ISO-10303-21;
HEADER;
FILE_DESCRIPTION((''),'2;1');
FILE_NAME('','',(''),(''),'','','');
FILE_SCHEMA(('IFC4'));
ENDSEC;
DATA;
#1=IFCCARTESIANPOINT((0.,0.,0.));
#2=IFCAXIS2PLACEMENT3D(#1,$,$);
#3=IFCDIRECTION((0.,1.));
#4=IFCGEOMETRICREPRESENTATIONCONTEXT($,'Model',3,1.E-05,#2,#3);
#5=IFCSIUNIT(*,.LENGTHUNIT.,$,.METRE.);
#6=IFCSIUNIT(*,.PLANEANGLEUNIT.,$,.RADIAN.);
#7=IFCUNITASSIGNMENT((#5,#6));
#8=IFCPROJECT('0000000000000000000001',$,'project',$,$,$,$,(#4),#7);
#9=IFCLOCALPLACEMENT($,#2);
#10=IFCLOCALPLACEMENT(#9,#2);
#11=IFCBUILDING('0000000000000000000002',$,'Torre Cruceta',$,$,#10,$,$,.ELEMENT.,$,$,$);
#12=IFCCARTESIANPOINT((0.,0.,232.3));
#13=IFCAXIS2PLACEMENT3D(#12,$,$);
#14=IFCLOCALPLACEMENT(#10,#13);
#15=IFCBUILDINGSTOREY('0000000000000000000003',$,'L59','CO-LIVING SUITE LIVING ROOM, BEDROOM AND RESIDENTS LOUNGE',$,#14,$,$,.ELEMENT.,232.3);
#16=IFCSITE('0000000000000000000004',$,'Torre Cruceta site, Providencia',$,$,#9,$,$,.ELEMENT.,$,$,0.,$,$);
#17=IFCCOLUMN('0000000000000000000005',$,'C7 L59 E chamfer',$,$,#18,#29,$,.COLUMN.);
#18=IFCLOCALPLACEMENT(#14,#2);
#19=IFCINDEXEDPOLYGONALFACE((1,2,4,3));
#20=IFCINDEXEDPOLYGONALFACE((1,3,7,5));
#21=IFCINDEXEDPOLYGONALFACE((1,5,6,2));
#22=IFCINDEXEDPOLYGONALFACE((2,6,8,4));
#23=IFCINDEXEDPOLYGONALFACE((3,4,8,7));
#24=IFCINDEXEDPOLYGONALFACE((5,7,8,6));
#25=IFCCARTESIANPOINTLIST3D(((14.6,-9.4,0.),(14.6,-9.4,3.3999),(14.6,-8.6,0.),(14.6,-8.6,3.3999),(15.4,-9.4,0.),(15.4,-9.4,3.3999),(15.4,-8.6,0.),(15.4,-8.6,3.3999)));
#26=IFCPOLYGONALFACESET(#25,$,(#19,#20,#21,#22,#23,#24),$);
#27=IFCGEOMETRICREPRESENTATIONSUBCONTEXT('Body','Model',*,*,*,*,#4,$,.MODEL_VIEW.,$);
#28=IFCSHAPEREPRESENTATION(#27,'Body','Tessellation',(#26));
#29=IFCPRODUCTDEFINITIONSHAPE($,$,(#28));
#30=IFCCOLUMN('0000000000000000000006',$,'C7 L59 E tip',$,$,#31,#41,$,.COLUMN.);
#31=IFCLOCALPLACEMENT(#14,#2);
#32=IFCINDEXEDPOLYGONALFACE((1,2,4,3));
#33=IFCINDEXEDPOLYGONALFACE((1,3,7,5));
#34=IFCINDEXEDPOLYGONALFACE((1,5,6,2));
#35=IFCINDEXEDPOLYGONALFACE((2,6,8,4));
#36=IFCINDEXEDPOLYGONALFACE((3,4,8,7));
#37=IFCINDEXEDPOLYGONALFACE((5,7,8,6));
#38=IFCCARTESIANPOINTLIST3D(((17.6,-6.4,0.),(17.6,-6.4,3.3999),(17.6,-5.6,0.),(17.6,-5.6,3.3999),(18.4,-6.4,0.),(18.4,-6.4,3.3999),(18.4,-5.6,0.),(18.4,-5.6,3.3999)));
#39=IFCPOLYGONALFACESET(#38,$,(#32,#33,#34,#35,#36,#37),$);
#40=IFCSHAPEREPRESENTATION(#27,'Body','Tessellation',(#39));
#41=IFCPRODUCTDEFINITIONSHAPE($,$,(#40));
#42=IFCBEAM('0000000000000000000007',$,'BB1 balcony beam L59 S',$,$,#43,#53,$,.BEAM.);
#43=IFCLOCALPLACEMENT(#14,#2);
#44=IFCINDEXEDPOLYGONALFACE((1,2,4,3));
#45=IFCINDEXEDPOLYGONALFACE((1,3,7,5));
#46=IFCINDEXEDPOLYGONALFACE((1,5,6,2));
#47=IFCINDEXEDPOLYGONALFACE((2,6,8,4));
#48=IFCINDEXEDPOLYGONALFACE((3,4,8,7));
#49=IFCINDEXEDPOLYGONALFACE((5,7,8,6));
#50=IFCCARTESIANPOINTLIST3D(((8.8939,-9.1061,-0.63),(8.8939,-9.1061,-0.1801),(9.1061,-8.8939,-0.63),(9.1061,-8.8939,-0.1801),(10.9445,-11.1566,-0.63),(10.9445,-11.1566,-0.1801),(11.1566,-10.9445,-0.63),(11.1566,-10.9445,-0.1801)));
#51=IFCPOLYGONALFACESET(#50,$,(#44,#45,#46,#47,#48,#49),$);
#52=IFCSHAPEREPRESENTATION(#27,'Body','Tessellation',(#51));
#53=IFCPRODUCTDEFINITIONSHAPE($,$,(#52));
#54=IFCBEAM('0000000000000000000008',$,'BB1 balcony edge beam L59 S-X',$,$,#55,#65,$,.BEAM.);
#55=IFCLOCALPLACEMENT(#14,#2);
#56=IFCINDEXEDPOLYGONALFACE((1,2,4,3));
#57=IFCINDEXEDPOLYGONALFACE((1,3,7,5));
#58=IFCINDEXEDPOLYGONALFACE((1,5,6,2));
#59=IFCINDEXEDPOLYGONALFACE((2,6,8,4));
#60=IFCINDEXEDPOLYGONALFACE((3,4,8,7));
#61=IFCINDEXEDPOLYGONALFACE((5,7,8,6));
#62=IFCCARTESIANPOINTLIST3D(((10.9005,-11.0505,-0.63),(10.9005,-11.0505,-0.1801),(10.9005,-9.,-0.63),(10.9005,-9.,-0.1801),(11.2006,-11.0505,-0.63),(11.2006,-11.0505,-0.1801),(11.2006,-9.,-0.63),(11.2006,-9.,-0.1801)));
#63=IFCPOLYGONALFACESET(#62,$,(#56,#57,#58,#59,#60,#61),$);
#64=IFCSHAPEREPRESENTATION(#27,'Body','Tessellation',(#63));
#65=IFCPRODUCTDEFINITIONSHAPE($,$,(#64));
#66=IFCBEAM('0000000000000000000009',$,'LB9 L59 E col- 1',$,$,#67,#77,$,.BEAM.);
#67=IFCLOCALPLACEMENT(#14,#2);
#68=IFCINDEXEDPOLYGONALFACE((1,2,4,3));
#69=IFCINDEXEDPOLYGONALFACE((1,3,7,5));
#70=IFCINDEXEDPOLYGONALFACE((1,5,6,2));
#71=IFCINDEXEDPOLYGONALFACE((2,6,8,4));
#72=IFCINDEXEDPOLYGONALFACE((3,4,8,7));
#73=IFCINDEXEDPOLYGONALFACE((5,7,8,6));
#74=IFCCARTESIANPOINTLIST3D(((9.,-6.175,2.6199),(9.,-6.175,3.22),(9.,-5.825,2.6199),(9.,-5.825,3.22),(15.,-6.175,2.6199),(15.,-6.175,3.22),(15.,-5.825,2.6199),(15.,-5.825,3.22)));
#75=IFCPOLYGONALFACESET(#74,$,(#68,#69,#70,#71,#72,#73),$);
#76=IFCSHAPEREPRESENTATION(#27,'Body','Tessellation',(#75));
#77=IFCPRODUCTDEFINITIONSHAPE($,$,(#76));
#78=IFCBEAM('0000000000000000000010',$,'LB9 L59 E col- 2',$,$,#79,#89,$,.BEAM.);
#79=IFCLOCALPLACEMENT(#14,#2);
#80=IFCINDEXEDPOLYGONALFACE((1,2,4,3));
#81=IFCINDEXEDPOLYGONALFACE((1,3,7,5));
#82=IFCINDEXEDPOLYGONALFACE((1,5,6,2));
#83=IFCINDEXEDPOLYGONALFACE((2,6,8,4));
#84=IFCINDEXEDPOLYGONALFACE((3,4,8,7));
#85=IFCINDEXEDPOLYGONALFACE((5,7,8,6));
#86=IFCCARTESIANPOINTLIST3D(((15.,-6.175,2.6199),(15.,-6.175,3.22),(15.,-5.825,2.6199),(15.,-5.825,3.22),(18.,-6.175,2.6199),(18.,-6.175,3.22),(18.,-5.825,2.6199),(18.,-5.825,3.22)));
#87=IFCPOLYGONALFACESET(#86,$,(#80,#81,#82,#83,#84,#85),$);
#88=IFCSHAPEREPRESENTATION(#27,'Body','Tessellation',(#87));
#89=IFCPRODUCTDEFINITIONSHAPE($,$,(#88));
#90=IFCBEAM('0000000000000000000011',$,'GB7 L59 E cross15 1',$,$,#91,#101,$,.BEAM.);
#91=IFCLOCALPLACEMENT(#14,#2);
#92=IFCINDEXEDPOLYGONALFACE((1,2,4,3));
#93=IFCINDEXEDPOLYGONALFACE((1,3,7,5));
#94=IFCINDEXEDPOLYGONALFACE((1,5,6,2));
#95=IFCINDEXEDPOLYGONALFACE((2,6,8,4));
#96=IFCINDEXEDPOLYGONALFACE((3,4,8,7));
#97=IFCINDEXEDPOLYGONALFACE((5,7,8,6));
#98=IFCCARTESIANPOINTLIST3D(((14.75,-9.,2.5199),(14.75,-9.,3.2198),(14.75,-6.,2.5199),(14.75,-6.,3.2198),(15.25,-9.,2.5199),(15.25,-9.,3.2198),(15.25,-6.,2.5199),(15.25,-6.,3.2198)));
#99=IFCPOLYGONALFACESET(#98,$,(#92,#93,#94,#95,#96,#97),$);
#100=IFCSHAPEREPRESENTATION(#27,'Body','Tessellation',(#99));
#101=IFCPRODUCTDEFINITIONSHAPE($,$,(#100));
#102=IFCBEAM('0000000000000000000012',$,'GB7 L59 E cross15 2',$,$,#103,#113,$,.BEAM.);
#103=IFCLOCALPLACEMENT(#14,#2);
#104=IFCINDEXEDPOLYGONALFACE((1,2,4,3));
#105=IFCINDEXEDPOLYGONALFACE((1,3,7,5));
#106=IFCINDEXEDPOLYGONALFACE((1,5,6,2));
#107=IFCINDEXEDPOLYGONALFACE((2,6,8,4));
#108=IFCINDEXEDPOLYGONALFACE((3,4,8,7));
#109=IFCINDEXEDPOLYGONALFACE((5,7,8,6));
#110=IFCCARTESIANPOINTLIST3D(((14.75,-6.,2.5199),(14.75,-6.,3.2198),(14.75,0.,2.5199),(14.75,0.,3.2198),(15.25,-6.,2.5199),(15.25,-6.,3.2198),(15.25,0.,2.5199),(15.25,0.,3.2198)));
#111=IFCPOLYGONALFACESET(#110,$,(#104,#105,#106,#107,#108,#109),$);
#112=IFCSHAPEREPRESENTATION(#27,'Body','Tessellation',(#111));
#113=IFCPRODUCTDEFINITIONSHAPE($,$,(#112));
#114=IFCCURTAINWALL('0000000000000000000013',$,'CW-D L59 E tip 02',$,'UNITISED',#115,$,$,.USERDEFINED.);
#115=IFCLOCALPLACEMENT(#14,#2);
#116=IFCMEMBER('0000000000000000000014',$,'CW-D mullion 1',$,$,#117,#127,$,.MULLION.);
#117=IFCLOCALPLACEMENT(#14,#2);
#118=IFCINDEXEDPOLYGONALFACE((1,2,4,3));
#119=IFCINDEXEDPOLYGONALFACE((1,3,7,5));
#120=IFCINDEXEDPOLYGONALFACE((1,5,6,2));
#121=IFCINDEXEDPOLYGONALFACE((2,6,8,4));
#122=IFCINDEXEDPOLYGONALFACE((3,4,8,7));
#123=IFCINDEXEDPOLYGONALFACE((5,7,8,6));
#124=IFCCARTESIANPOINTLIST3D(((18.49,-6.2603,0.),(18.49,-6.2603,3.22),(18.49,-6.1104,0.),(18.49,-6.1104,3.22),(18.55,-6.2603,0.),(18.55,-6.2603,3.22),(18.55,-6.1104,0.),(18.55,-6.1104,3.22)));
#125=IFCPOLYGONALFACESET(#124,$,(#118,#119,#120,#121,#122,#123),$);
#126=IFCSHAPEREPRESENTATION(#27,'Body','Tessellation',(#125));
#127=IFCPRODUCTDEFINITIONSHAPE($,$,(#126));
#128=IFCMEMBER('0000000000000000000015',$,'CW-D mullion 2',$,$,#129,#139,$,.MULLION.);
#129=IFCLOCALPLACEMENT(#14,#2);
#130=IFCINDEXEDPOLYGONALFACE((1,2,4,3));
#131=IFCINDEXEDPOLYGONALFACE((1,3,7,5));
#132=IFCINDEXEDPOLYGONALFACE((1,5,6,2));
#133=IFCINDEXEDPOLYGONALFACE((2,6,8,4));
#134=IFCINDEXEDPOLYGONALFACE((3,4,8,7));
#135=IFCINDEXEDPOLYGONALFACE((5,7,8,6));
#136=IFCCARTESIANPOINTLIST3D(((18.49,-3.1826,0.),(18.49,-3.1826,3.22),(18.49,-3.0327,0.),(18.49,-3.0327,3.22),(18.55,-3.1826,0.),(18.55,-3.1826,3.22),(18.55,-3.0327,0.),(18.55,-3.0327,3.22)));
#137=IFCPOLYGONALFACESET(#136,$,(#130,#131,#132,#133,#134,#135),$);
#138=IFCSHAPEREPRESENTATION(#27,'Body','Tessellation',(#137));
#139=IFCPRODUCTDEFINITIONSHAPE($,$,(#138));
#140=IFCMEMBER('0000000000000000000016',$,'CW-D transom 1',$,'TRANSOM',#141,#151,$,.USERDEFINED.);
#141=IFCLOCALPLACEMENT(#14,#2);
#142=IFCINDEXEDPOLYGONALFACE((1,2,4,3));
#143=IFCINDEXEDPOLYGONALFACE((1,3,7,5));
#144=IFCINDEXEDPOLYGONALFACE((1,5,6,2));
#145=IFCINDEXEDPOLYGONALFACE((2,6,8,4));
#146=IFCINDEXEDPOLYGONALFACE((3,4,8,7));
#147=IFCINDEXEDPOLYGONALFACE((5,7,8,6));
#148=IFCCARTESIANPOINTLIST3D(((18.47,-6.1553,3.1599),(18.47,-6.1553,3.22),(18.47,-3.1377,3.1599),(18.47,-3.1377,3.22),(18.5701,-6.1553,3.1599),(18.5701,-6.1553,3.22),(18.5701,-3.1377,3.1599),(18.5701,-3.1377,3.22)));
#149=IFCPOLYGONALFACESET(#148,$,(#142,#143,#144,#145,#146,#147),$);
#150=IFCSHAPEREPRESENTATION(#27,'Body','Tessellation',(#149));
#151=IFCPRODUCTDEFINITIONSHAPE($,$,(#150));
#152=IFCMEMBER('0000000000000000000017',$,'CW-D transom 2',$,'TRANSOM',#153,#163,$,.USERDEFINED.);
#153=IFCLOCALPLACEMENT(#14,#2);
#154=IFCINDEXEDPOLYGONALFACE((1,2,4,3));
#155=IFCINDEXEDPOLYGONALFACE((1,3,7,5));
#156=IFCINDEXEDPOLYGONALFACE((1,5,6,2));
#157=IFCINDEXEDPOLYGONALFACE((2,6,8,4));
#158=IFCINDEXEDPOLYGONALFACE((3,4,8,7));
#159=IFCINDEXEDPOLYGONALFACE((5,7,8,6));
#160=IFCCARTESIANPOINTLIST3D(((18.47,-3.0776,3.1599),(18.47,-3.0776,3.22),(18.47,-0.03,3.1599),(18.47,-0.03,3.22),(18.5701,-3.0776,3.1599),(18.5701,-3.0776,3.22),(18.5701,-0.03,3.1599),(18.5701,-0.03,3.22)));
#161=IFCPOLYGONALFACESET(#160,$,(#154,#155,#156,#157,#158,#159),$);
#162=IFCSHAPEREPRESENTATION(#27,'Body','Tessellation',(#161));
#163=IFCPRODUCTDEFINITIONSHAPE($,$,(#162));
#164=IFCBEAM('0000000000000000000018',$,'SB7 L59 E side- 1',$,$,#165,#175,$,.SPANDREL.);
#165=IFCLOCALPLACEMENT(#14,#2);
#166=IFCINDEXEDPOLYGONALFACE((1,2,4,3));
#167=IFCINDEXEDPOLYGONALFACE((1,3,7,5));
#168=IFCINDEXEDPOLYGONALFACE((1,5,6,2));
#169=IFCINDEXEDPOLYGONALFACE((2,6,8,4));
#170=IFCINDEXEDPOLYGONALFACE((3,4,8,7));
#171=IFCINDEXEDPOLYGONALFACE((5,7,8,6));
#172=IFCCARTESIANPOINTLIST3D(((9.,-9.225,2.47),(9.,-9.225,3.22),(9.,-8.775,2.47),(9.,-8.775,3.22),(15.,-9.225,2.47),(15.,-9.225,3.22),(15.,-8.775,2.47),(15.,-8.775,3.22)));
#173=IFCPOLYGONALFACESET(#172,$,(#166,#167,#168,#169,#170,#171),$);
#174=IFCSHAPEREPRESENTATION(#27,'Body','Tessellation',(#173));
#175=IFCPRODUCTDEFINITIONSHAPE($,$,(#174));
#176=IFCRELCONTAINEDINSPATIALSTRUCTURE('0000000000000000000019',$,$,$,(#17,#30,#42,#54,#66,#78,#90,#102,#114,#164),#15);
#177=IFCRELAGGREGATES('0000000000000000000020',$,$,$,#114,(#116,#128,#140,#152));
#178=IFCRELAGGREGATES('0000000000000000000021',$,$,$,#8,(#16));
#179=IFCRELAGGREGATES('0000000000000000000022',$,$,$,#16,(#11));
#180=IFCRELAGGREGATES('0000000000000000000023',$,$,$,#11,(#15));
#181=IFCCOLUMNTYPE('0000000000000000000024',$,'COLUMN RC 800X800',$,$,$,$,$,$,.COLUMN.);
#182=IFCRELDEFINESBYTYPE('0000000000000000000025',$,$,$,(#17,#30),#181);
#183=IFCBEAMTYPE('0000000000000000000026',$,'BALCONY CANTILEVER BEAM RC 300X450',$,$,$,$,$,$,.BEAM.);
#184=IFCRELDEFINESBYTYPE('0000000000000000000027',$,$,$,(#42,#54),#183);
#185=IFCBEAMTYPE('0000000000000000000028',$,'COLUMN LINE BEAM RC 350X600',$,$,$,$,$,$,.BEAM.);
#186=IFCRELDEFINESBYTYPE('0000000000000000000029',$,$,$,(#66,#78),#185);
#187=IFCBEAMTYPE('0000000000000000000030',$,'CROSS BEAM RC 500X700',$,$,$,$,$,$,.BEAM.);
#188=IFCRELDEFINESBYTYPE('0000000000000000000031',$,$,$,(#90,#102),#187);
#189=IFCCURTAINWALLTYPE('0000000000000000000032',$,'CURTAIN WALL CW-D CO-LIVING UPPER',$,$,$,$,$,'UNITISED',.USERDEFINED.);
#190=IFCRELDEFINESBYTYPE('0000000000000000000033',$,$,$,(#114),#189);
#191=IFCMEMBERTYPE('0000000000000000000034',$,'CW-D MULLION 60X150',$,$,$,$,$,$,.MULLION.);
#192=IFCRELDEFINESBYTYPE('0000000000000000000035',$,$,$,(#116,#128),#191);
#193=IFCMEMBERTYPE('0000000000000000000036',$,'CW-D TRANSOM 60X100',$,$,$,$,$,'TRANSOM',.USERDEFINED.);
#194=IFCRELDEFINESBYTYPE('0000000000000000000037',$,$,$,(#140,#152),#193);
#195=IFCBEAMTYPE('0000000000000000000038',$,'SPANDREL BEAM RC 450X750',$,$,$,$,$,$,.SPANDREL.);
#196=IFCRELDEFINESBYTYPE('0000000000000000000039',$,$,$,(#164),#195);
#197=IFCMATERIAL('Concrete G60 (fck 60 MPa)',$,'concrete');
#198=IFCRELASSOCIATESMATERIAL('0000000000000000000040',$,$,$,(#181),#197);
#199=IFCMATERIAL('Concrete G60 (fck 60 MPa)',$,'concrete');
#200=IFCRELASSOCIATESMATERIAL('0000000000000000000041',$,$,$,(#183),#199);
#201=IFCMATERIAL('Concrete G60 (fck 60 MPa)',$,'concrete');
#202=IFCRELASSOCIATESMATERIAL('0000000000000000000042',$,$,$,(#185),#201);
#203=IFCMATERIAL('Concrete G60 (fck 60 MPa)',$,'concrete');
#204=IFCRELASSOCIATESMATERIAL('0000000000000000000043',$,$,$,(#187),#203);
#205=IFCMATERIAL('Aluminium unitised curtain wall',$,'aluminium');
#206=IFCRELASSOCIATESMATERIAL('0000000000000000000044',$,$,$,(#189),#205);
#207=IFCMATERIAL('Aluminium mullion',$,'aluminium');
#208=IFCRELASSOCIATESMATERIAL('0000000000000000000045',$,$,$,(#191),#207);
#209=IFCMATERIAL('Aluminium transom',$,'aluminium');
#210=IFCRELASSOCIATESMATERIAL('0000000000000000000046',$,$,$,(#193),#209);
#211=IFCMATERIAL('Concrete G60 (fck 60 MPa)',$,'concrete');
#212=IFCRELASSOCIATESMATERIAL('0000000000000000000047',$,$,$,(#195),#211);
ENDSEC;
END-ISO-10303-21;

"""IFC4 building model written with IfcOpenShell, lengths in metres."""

from ifc_helpers import new_model, si_unit, direction, frame, origin, origin_2d, place, context, subcontext, project, spatial, rectangle, extrude, material, material_profile, profile_set, type_object, element, aggregate, save


model = new_model("IFC4")

# Units and contexts
model_context = context("Model", 3, precision=1e-05, world=origin(), true_north=direction((0.0, 1.0)))
body_context = subcontext(model_context, "Body", "Model", "MODEL_VIEW")
ifc_project = project(units=[si_unit("LENGTHUNIT", "METRE"), si_unit("PLANEANGLEUNIT", "RADIAN")], contexts=[model_context])

# Site, building, storey
site_placement = place(None, origin())
site = spatial("IfcSite", under=ifc_project, at=site_placement, Name="Torre Cruceta site, Providencia", CompositionType="ELEMENT", RefElevation=0.0)
building_placement = place(site_placement, origin())
building = spatial("IfcBuilding", under=site, at=building_placement, Name="Torre Cruceta", CompositionType="ELEMENT")
storey_placement = place(building_placement, frame((0.0, 0.0, 232.3)))
storey = spatial("IfcBuildingStorey", under=building, at=storey_placement, Name="L59", Description="CO-LIVING SUITE LIVING ROOM, BEDROOM AND RESIDENTS LOUNGE", CompositionType="ELEMENT", Elevation=232.3)

# Columns
ifc_material_1 = material(Name="Concrete G60 (fck 60 MPa)", Category="concrete")
ifc_material_profile_1 = material_profile(ifc_material_1, rectangle(XDim=0.8, YDim=0.8, at=origin_2d()), Name="RC 800X800")
ifc_profile_set_1 = profile_set([ifc_material_profile_1], Name="Concrete G60 (fck 60 MPa)")
column_type = type_object("IfcColumnType", Name="COLUMN RC 800X800", PredefinedType="COLUMN", material=ifc_profile_set_1)
for number, where, z_axis, x_axis, name in (
    (1, (15.0, -9.0, 0.0), (0.0, 0.0, 1.0), (1.0, 0.0, 0.0), "C7 L59 E chamfer"),
    (2, (18.0, -6.0, 0.0), (0.0, 0.0, 1.0), (1.0, 0.0, 0.0), "C7 L59 E tip"),
):
    element("IfcColumn", number, at=place(storey_placement, frame(where, z_axis=z_axis, x_axis=x_axis)), inside=storey, type_object=column_type, Name=name, PredefinedType="COLUMN", context=body_context, shape_type="SweptSolid", body=[
        extrude(rectangle(XDim=0.8, YDim=0.8, at=origin_2d()), origin(), (0.0, 0.0, 1.0), 3.3999),
    ])

# Beams
ifc_material_2 = material(Name="Concrete G60 (fck 60 MPa)", Category="concrete")
ifc_material_profile_2 = material_profile(ifc_material_2, rectangle(XDim=0.3, YDim=0.45, at=origin_2d()), Name="RC 300X450")
ifc_profile_set_2 = profile_set([ifc_material_profile_2], Name="Concrete G60 (fck 60 MPa)")
beam_type_1 = type_object("IfcBeamType", Name="BALCONY CANTILEVER BEAM RC 300X450", PredefinedType="BEAM", material=ifc_profile_set_2)
beam_1_placement = place(storey_placement, frame((9.0, -9.0, -0.405), z_axis=(0.707107, -0.707107, 0.0), x_axis=(0.707107, 0.707107, 0.0)))
element("IfcBeam", 3, at=beam_1_placement, inside=storey, type_object=beam_type_1, Name="BB1 balcony beam L59 S", PredefinedType="BEAM", context=body_context, shape_type="SweptSolid", body=[
    extrude(rectangle(XDim=0.3, YDim=0.45, at=origin_2d()), origin(), (0.0, 0.0, 1.0), 2.8999),
])
beam_2_placement = place(storey_placement, frame((11.0505, -9.0, -0.405), z_axis=(0.0, -1.0, 0.0), x_axis=(1.0, 0.0, 0.0)))
element("IfcBeam", 4, at=beam_2_placement, inside=storey, type_object=beam_type_1, Name="BB1 balcony edge beam L59 S-X", PredefinedType="BEAM", context=body_context, shape_type="SweptSolid", body=[
    extrude(rectangle(XDim=0.3, YDim=0.45, at=origin_2d()), origin(), (0.0, 0.0, 1.0), 2.0505),
])
ifc_material_3 = material(Name="Concrete G60 (fck 60 MPa)", Category="concrete")
ifc_material_profile_3 = material_profile(ifc_material_3, rectangle(XDim=0.3501, YDim=0.6001, at=origin_2d()), Name="RC 350X600")
ifc_profile_set_3 = profile_set([ifc_material_profile_3], Name="Concrete G60 (fck 60 MPa)")
beam_type_2 = type_object("IfcBeamType", Name="COLUMN LINE BEAM RC 350X600", PredefinedType="BEAM", material=ifc_profile_set_3)
beam_3_placement = place(storey_placement, frame((9.0, -6.0, 2.9199), z_axis=(1.0, 0.0, 0.0), x_axis=(0.0, 1.0, 0.0)))
element("IfcBeam", 5, at=beam_3_placement, inside=storey, type_object=beam_type_2, Name="LB9 L59 E col- 1", PredefinedType="BEAM", context=body_context, shape_type="SweptSolid", body=[
    extrude(rectangle(XDim=0.3501, YDim=0.6001, at=origin_2d()), origin(), (0.0, 0.0, 1.0), 6.0),
])
beam_4_placement = place(storey_placement, frame((15.0, -6.0, 2.9199), z_axis=(1.0, 0.0, 0.0), x_axis=(0.0, 1.0, 0.0)))
element("IfcBeam", 6, at=beam_4_placement, inside=storey, type_object=beam_type_2, Name="LB9 L59 E col- 2", PredefinedType="BEAM", context=body_context, shape_type="SweptSolid", body=[
    extrude(rectangle(XDim=0.3501, YDim=0.6001, at=origin_2d()), origin(), (0.0, 0.0, 1.0), 3.0),
])
ifc_material_4 = material(Name="Concrete G60 (fck 60 MPa)", Category="concrete")
ifc_material_profile_4 = material_profile(ifc_material_4, rectangle(XDim=0.5, YDim=0.7, at=origin_2d()), Name="RC 500X700")
ifc_profile_set_4 = profile_set([ifc_material_profile_4], Name="Concrete G60 (fck 60 MPa)")
beam_type_3 = type_object("IfcBeamType", Name="CROSS BEAM RC 500X700", PredefinedType="BEAM", material=ifc_profile_set_4)
beam_5_placement = place(storey_placement, frame((15.0, -9.0, 2.8699), z_axis=(0.0, 1.0, 0.0), x_axis=(-1.0, 0.0, 0.0)))
element("IfcBeam", 7, at=beam_5_placement, inside=storey, type_object=beam_type_3, Name="GB7 L59 E cross15 1", PredefinedType="BEAM", context=body_context, shape_type="SweptSolid", body=[
    extrude(rectangle(XDim=0.5, YDim=0.7, at=origin_2d()), origin(), (0.0, 0.0, 1.0), 3.0),
])
beam_6_placement = place(storey_placement, frame((15.0, -6.0, 2.8699), z_axis=(0.0, 1.0, 0.0), x_axis=(-1.0, 0.0, 0.0)))
element("IfcBeam", 8, at=beam_6_placement, inside=storey, type_object=beam_type_3, Name="GB7 L59 E cross15 2", PredefinedType="BEAM", context=body_context, shape_type="SweptSolid", body=[
    extrude(rectangle(XDim=0.5, YDim=0.7, at=origin_2d()), origin(), (0.0, 0.0, 1.0), 6.0),
])

# Curtain wall, members
ifc_material_5 = material(Name="Aluminium unitised curtain wall", Category="aluminium")
curtain_wall_type = type_object("IfcCurtainWallType", Name="CURTAIN WALL CW-D CO-LIVING UPPER", ElementType="UNITISED", PredefinedType="USERDEFINED", material=ifc_material_5)
curtain_wall_placement = place(storey_placement, origin())
curtain_wall = element("IfcCurtainWall", 9, at=curtain_wall_placement, inside=storey, type_object=curtain_wall_type, Name="CW-D L59 E tip 02", ObjectType="UNITISED", PredefinedType="USERDEFINED")
ifc_material_6 = material(Name="Aluminium mullion", Category="aluminium")
ifc_material_profile_5 = material_profile(ifc_material_6, rectangle(XDim=0.0601, YDim=0.1499, at=origin_2d()), Name="AL 60X150")
ifc_profile_set_5 = profile_set([ifc_material_profile_5], Name="Aluminium mullion")
member_type_1 = type_object("IfcMemberType", Name="CW-D MULLION 60X150", PredefinedType="MULLION", material=ifc_profile_set_5)
member_1_placement = place(storey_placement, frame((18.52, -6.1853, 0.0), z_axis=(0.0, 0.0, 1.0), x_axis=(-1.0, 0.0, 0.0)))
member_1 = element("IfcMember", 10, at=member_1_placement, type_object=member_type_1, Name="CW-D mullion 1", PredefinedType="MULLION", context=body_context, shape_type="SweptSolid", body=[
    extrude(rectangle(XDim=0.0601, YDim=0.1499, at=origin_2d()), origin(), (0.0, 0.0, 1.0), 3.22),
])
member_2_placement = place(storey_placement, frame((18.52, -3.1077, 0.0), z_axis=(0.0, 0.0, 1.0), x_axis=(-1.0, 0.0, 0.0)))
member_2 = element("IfcMember", 11, at=member_2_placement, type_object=member_type_1, Name="CW-D mullion 2", PredefinedType="MULLION", context=body_context, shape_type="SweptSolid", body=[
    extrude(rectangle(XDim=0.0601, YDim=0.1499, at=origin_2d()), origin(), (0.0, 0.0, 1.0), 3.22),
])
ifc_material_7 = material(Name="Aluminium transom", Category="aluminium")
ifc_material_profile_6 = material_profile(ifc_material_7, rectangle(XDim=0.1001, YDim=0.0601, at=origin_2d()), Name="AL 100X60")
ifc_profile_set_6 = profile_set([ifc_material_profile_6], Name="Aluminium transom")
member_type_2 = type_object("IfcMemberType", Name="CW-D TRANSOM 60X100", ElementType="TRANSOM", PredefinedType="USERDEFINED", material=ifc_profile_set_6)
member_3_placement = place(storey_placement, frame((18.52, -6.1553, 3.1899), z_axis=(0.0, 1.0, 0.0), x_axis=(-1.0, 0.0, 0.0)))
member_3 = element("IfcMember", 12, at=member_3_placement, type_object=member_type_2, Name="CW-D transom 1", ObjectType="TRANSOM", PredefinedType="USERDEFINED", context=body_context, shape_type="SweptSolid", body=[
    extrude(rectangle(XDim=0.1001, YDim=0.0601, at=origin_2d()), origin(), (0.0, 0.0, 1.0), 3.0176),
])
member_4_placement = place(storey_placement, frame((18.52, -3.0776, 3.1899), z_axis=(0.0, 1.0, 0.0), x_axis=(-1.0, 0.0, 0.0)))
member_4 = element("IfcMember", 13, at=member_4_placement, type_object=member_type_2, Name="CW-D transom 2", ObjectType="TRANSOM", PredefinedType="USERDEFINED", context=body_context, shape_type="SweptSolid", body=[
    extrude(rectangle(XDim=0.1001, YDim=0.0601, at=origin_2d()), origin(), (0.0, 0.0, 1.0), 3.0476),
])

# Beam
ifc_material_8 = material(Name="Concrete G60 (fck 60 MPa)", Category="concrete")
ifc_material_profile_7 = material_profile(ifc_material_8, rectangle(XDim=0.45, YDim=0.75, at=origin_2d()), Name="RC 450X750")
ifc_profile_set_7 = profile_set([ifc_material_profile_7], Name="Concrete G60 (fck 60 MPa)")
beam_type_4 = type_object("IfcBeamType", Name="SPANDREL BEAM RC 450X750", PredefinedType="SPANDREL", material=ifc_profile_set_7)
beam_7_placement = place(storey_placement, frame((9.0, -9.0, 2.845), z_axis=(1.0, 0.0, 0.0), x_axis=(0.0, 1.0, 0.0)))
element("IfcBeam", 14, at=beam_7_placement, inside=storey, type_object=beam_type_4, Name="SB7 L59 E side- 1", PredefinedType="SPANDREL", context=body_context, shape_type="SweptSolid", body=[
    extrude(rectangle(XDim=0.45, YDim=0.75, at=origin_2d()), origin(), (0.0, 0.0, 1.0), 6.0),
])

aggregate(curtain_wall, [member_1, member_2, member_3, member_4])

save(model, "model.ifc")
